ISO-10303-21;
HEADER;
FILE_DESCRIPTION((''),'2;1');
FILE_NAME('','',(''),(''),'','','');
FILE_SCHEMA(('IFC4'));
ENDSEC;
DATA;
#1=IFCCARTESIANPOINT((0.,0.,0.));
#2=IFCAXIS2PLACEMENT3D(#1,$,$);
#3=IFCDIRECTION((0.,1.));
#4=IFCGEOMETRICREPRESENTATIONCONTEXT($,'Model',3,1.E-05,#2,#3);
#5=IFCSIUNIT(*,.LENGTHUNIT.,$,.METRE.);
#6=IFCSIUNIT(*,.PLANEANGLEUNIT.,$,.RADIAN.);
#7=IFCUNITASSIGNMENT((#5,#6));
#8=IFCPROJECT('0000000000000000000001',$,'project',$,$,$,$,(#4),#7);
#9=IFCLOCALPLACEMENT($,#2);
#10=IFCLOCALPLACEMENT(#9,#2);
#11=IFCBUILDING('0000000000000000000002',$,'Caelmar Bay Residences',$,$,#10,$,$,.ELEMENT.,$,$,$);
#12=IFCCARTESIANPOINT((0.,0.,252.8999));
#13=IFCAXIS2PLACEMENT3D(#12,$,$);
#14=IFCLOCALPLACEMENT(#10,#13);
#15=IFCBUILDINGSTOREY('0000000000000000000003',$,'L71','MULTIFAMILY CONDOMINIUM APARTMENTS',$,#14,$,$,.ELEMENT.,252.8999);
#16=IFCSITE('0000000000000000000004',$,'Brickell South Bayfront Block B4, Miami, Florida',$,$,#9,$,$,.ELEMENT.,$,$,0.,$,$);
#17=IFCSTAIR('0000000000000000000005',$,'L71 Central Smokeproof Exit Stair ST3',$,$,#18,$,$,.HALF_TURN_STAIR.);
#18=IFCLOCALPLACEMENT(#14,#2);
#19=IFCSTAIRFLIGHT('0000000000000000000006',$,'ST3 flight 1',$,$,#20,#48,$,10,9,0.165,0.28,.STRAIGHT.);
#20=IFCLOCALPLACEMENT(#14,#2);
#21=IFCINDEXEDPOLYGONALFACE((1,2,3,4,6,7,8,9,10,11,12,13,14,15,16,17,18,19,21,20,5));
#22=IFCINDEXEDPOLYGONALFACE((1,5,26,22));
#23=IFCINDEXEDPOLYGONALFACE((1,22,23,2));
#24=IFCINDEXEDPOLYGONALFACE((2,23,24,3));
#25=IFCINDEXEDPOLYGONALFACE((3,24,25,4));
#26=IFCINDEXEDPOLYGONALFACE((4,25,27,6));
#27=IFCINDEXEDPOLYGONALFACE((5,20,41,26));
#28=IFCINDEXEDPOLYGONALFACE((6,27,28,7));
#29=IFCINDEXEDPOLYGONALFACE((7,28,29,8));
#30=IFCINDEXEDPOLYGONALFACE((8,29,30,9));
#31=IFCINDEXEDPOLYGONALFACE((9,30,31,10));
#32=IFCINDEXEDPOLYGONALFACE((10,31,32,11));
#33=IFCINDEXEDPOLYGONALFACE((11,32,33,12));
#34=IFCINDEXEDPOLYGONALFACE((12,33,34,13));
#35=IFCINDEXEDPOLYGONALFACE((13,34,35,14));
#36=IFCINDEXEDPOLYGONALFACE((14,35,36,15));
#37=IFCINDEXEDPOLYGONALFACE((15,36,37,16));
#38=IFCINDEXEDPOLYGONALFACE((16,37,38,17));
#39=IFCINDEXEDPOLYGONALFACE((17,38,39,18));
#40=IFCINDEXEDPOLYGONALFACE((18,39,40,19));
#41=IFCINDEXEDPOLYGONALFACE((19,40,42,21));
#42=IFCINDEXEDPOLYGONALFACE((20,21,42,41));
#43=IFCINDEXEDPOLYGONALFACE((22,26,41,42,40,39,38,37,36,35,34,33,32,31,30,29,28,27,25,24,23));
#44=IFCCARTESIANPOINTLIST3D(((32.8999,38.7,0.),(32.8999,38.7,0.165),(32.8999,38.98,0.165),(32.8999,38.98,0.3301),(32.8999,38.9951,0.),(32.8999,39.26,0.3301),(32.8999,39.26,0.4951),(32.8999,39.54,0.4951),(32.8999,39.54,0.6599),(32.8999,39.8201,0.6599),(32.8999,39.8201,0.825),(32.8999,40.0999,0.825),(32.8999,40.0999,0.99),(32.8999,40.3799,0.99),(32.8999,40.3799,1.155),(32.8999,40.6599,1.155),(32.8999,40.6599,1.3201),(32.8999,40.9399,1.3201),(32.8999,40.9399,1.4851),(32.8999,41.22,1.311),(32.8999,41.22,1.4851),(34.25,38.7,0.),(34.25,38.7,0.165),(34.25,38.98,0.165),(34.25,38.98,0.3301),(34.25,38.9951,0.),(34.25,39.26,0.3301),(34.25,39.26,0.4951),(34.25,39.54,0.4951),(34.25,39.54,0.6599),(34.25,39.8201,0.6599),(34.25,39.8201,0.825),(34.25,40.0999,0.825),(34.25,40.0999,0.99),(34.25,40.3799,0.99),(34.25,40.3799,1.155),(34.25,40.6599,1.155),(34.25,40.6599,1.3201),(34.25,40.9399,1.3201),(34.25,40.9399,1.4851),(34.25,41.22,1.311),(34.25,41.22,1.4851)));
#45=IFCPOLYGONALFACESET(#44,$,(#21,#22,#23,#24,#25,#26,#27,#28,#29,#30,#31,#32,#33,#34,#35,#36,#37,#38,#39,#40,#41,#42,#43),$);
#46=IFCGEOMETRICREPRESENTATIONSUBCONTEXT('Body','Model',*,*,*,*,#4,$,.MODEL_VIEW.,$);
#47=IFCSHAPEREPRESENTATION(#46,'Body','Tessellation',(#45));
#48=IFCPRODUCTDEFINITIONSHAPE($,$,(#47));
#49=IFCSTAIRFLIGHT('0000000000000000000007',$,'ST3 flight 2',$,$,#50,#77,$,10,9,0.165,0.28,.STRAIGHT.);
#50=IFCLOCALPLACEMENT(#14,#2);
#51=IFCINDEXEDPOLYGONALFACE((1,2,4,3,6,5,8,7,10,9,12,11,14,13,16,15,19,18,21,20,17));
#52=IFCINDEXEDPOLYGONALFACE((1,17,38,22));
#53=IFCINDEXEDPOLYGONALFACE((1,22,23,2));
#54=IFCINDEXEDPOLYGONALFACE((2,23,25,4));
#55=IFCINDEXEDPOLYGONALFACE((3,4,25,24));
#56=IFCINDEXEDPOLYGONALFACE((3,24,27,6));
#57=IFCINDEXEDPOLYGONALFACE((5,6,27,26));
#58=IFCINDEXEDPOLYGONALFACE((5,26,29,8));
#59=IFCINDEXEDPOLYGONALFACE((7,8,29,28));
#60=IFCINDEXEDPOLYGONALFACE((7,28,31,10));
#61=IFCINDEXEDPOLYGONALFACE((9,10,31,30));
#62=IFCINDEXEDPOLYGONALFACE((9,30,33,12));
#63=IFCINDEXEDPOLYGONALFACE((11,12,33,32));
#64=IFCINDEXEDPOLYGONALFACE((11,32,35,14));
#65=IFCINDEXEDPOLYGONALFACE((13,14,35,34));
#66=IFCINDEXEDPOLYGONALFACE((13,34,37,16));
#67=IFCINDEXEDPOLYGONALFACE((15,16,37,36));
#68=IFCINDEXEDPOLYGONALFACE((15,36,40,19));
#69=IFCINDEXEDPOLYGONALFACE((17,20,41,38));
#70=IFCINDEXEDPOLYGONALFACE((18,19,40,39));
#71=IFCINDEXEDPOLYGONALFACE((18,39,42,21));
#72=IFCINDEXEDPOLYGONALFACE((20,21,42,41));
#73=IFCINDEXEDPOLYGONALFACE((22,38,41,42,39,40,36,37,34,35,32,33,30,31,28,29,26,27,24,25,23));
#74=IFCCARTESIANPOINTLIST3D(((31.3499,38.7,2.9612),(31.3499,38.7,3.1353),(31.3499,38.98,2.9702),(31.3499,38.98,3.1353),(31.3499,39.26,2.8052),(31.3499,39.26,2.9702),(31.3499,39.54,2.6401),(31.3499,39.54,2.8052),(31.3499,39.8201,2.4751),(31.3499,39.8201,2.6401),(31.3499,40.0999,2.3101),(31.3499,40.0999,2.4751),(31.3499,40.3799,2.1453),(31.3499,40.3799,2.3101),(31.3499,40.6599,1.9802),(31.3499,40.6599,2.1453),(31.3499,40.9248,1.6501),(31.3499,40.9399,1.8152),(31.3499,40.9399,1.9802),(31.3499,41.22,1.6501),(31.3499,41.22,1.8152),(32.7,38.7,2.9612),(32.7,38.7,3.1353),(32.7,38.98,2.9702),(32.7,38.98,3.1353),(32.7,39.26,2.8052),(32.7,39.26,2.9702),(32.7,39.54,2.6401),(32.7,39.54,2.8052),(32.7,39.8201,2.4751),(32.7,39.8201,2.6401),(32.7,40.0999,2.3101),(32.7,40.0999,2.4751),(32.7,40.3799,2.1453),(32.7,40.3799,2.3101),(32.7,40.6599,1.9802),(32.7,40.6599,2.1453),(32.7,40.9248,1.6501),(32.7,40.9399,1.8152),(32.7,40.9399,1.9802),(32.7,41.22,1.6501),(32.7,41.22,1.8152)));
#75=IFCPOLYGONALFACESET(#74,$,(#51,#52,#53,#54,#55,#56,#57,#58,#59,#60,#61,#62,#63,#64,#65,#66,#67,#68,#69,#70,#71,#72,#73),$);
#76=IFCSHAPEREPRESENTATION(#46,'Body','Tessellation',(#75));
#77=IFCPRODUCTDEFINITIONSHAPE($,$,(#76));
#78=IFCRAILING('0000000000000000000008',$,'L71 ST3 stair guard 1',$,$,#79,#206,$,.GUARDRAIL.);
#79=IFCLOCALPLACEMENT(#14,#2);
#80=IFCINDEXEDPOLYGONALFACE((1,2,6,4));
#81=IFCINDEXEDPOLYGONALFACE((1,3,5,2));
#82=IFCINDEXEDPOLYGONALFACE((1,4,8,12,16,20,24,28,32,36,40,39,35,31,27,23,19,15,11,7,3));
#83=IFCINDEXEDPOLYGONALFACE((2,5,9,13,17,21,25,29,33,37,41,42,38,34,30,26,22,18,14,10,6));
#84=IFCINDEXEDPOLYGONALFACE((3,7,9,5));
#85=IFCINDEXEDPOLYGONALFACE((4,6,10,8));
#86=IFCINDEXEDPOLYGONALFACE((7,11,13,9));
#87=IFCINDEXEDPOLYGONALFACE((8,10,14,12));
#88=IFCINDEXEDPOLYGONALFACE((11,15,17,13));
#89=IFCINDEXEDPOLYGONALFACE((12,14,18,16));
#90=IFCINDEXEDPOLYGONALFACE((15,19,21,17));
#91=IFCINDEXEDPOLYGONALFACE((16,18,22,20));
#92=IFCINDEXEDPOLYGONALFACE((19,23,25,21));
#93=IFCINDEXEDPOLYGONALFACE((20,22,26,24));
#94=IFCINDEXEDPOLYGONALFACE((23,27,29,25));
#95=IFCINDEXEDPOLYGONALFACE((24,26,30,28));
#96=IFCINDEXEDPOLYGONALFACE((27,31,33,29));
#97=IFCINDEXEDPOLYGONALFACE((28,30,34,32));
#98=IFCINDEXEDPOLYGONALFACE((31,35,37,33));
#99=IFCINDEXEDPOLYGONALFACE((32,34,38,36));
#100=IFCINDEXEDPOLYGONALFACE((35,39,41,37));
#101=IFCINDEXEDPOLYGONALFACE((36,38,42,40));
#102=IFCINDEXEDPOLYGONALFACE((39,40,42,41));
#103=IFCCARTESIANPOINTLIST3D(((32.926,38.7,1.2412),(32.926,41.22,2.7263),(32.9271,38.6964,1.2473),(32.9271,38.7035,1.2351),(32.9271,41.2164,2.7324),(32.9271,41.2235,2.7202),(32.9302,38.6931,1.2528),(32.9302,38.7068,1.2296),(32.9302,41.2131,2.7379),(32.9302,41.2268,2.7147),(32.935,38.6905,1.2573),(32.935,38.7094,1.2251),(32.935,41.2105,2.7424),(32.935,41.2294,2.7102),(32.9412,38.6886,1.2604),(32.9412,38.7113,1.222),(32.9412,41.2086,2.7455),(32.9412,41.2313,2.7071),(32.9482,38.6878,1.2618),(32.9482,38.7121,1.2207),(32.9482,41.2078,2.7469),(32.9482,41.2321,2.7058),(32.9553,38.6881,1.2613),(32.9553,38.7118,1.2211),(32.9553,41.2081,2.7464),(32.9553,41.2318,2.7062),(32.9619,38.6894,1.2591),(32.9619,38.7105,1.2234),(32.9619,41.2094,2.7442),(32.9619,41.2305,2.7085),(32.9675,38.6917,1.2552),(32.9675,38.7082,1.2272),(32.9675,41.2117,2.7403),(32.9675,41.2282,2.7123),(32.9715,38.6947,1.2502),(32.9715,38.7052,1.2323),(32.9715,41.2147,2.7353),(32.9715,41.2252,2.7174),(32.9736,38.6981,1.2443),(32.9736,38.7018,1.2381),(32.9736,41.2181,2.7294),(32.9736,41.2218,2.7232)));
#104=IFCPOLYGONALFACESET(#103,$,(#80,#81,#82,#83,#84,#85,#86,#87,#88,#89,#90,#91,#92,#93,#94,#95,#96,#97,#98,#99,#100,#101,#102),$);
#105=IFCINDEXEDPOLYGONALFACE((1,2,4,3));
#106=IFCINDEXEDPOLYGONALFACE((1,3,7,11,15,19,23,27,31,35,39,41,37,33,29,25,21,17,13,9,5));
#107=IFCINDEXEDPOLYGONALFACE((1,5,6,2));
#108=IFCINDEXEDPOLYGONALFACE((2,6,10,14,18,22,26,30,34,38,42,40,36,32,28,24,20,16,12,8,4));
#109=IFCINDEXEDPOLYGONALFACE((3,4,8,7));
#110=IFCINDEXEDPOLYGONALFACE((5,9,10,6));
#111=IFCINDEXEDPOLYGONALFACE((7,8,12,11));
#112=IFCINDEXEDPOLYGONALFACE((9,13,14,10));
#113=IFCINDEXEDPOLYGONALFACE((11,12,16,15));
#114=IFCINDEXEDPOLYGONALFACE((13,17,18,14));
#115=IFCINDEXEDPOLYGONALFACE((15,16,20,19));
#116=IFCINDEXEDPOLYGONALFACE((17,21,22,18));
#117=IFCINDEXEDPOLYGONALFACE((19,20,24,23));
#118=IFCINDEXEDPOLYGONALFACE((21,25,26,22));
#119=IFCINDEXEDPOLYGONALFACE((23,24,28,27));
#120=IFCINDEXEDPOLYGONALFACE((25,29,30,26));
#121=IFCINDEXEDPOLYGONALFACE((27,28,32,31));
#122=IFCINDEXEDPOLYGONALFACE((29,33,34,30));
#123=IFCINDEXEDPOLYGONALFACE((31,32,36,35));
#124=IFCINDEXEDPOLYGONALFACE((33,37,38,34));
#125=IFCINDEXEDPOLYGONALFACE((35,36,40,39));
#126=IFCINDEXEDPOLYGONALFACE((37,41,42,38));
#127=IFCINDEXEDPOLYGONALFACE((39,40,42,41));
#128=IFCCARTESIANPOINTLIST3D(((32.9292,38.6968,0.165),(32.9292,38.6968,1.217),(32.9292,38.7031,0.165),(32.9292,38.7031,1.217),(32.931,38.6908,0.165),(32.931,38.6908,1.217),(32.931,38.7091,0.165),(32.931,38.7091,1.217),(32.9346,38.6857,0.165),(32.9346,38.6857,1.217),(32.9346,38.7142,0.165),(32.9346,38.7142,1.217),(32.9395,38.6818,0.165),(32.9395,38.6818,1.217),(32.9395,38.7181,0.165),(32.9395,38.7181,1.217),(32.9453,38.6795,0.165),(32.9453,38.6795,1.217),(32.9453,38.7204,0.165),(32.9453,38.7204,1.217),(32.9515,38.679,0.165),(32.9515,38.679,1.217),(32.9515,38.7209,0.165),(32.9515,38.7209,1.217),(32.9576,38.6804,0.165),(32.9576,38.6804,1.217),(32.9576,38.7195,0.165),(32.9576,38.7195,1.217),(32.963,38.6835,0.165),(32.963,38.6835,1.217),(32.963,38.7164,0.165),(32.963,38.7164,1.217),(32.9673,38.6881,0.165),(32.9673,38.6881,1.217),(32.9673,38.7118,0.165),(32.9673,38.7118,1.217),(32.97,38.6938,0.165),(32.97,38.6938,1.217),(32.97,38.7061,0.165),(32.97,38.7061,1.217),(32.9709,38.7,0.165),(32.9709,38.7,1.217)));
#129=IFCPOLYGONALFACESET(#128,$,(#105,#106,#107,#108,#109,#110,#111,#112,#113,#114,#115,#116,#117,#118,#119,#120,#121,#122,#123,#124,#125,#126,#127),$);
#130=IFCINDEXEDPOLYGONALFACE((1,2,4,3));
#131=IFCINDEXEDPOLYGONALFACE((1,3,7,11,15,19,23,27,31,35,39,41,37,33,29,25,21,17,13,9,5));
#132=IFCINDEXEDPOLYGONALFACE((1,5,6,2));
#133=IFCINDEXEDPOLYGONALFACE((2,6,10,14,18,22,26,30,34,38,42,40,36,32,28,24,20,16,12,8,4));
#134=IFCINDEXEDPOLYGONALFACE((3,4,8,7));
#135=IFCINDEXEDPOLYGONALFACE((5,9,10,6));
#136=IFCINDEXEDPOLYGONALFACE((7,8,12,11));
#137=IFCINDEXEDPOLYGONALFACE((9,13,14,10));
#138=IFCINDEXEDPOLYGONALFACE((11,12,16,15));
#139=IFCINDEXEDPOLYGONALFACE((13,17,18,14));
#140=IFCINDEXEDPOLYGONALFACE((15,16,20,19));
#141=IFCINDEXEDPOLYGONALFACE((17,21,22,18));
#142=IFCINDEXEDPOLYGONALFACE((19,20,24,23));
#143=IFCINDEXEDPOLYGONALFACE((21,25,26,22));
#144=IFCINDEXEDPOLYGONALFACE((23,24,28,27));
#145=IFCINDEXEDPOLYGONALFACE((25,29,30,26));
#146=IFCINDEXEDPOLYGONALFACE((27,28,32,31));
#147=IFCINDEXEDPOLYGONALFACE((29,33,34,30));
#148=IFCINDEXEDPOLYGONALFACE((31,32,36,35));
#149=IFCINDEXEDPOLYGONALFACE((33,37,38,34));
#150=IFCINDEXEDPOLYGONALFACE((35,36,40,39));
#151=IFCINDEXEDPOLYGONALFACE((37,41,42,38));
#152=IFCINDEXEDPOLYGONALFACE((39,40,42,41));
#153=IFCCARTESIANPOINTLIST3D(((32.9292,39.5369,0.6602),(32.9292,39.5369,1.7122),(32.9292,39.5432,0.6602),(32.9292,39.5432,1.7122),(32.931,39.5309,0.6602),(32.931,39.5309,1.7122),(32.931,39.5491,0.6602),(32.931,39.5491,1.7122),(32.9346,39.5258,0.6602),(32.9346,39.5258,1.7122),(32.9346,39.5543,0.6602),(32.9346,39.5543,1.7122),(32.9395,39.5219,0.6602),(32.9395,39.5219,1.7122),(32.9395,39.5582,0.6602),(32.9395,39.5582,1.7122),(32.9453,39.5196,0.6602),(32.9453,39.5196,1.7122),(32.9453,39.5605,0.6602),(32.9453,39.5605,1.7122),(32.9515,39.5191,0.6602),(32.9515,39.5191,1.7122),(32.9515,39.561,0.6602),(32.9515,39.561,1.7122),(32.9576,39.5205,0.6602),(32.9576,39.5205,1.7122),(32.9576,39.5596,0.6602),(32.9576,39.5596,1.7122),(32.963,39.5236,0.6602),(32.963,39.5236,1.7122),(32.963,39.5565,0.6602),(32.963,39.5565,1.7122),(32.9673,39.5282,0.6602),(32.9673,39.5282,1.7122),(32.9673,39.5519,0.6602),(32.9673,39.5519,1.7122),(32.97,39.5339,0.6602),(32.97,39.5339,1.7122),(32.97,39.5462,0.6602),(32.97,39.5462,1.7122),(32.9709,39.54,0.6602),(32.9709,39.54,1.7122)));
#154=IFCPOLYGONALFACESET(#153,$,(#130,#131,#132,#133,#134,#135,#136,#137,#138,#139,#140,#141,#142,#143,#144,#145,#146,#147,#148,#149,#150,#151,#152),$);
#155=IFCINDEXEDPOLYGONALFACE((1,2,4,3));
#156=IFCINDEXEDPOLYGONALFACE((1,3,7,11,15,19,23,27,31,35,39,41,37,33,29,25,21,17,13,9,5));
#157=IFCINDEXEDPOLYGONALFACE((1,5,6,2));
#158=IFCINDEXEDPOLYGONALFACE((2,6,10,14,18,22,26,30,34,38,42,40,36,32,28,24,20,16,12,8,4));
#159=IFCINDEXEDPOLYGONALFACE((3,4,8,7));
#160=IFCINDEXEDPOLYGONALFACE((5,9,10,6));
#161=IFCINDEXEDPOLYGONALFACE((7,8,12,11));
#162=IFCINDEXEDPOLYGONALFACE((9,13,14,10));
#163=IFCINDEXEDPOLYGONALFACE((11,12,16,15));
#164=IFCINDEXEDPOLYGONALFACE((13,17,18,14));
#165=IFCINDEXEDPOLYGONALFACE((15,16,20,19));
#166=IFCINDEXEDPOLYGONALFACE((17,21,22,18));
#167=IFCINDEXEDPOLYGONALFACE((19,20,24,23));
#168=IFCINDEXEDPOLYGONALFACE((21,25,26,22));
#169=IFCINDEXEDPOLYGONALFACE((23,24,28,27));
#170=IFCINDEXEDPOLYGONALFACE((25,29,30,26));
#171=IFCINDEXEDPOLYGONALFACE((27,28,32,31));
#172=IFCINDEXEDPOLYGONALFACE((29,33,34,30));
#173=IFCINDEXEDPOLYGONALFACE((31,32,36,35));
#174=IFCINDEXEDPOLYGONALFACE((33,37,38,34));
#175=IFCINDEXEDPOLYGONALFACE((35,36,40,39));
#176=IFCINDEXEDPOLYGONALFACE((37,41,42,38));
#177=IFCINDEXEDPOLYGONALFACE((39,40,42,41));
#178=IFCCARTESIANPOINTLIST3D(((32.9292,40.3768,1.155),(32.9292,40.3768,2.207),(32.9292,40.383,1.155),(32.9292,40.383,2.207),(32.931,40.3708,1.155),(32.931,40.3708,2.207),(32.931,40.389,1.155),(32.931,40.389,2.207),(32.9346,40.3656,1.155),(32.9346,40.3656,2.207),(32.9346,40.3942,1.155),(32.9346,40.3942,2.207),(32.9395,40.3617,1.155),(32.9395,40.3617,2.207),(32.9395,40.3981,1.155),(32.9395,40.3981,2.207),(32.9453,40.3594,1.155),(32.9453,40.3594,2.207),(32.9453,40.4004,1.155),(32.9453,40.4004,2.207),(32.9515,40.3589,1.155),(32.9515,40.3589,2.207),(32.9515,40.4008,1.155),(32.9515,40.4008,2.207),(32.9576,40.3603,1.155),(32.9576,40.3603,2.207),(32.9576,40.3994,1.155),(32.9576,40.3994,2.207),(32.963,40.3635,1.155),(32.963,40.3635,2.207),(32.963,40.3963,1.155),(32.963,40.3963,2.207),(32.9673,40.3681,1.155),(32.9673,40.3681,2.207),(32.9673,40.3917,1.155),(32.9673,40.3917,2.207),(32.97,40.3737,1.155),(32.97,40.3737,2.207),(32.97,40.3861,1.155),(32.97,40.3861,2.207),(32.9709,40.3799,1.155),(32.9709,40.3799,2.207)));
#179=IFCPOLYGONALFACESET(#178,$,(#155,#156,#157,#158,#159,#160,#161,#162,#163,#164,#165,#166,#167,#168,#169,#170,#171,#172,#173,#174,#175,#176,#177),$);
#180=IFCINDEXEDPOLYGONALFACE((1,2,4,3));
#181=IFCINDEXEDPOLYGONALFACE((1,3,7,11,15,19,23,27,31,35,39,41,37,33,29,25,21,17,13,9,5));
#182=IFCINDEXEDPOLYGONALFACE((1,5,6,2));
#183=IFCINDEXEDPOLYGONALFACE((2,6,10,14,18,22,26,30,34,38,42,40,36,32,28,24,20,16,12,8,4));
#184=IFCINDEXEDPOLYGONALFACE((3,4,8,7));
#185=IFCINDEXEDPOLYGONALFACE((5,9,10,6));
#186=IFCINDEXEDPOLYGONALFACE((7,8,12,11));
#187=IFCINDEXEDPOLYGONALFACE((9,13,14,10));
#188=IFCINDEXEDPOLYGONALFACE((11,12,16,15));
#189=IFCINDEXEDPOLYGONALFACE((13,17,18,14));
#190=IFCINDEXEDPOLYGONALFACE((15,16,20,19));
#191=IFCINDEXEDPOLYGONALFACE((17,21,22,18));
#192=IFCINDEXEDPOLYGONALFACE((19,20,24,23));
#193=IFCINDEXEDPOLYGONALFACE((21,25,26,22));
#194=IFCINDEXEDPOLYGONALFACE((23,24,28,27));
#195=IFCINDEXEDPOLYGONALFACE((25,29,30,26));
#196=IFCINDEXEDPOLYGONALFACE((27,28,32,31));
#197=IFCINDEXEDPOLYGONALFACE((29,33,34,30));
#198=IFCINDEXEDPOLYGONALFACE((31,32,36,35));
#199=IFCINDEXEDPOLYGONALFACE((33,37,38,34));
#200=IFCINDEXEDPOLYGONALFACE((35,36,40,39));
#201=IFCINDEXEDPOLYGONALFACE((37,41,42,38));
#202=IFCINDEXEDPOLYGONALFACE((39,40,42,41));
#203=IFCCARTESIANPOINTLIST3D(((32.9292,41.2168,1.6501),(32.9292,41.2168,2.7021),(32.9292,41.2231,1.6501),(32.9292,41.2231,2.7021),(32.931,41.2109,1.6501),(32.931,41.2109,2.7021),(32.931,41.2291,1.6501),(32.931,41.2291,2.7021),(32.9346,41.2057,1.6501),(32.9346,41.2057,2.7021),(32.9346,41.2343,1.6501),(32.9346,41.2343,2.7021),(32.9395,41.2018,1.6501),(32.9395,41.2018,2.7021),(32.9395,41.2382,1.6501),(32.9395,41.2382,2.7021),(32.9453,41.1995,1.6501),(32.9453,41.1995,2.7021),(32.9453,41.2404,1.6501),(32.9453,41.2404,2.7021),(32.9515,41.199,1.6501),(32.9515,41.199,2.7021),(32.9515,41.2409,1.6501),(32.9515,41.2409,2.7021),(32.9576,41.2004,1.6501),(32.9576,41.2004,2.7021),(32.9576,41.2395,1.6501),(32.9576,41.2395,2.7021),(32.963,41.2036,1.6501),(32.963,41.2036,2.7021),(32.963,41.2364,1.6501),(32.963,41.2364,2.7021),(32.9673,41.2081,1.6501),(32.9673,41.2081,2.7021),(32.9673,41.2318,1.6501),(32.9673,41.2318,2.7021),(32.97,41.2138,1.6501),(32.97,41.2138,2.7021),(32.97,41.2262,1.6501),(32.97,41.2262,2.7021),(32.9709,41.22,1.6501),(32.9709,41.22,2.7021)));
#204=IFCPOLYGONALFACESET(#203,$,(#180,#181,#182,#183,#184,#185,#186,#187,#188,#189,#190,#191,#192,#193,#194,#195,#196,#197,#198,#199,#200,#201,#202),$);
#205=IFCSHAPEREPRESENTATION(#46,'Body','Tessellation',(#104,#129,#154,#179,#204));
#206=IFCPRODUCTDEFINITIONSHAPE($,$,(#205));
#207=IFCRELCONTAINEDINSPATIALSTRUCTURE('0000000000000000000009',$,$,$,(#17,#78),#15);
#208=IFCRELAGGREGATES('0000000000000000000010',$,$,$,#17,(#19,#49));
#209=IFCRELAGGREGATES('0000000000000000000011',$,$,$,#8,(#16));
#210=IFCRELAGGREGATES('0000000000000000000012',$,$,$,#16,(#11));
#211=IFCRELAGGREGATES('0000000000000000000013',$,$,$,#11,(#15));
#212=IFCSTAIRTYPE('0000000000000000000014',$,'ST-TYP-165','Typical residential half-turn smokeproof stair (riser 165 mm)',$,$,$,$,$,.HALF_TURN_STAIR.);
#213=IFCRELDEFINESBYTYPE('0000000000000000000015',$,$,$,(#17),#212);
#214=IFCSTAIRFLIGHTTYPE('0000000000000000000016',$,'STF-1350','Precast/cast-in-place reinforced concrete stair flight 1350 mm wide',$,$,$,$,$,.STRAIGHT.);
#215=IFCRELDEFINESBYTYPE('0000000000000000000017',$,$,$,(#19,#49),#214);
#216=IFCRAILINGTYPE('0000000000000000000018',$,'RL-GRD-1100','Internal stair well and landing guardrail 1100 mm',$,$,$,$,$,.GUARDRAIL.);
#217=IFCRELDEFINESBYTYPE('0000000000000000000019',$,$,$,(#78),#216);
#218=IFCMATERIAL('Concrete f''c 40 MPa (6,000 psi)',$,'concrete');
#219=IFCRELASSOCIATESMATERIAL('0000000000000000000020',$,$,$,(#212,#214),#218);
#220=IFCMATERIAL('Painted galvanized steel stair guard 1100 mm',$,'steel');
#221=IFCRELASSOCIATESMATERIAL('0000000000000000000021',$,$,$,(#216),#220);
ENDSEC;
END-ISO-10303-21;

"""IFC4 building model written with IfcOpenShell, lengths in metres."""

from ifc_helpers import new_model, si_unit, direction, frame, origin, origin_2d, place, context, subcontext, project, spatial, polyline, circle, outline, extrude, material, type_object, element, aggregate, save


model = new_model("IFC4")

# Units and contexts
model_context = context("Model", 3, precision=1e-05, world=origin(), true_north=direction((0.0, 1.0)))
body_context = subcontext(model_context, "Body", "Model", "MODEL_VIEW")
ifc_project = project(units=[si_unit("LENGTHUNIT", "METRE"), si_unit("PLANEANGLEUNIT", "RADIAN")], contexts=[model_context])

# Site, building, storey
site_placement = place(None, origin())
site = spatial("IfcSite", under=ifc_project, at=site_placement, Name="Brickell South Bayfront Block B4, Miami, Florida", CompositionType="ELEMENT", RefElevation=0.0)
building_placement = place(site_placement, origin())
building = spatial("IfcBuilding", under=site, at=building_placement, Name="Caelmar Bay Residences", CompositionType="ELEMENT")
storey_placement = place(building_placement, frame((0.0, 0.0, 252.8999)))
storey = spatial("IfcBuildingStorey", under=building, at=storey_placement, Name="L71", Description="MULTIFAMILY CONDOMINIUM APARTMENTS", CompositionType="ELEMENT", Elevation=252.8999)

# Stair, stair flights
ifc_material_1 = material(Name="Concrete f'c 40 MPa (6,000 psi)", Category="concrete")
stair_type = type_object("IfcStairType", Name="ST-TYP-165", Description="Typical residential half-turn smokeproof stair (riser 165 mm)", PredefinedType="HALF_TURN_STAIR", material=ifc_material_1)
stair_placement = place(storey_placement, origin())
stair = element("IfcStair", 1, at=stair_placement, inside=storey, type_object=stair_type, Name="L71 Central Smokeproof Exit Stair ST3", PredefinedType="HALF_TURN_STAIR")
stair_flight_type = type_object("IfcStairFlightType", Name="STF-1350", Description="Precast/cast-in-place reinforced concrete stair flight 1350 mm wide", PredefinedType="STRAIGHT", material=ifc_material_1)
stair_flight_1_placement = place(storey_placement, frame((33.575, 38.7, 0.0), z_axis=(0.0, 0.0, 1.0), x_axis=(0.0, 1.0, 0.0)))
stair_flight_1 = element("IfcStairFlight", 2, at=stair_flight_1_placement, type_object=stair_flight_type, Name="ST3 flight 1", NumberOfRisers=10, NumberOfTreads=9, PredefinedType="STRAIGHT", RiserHeight=0.165, TreadLength=0.28, context=body_context, shape_type="SweptSolid", body=[
    extrude(outline(polyline([(0.0, 0.0), (0.0, 0.165), (0.28, 0.165), (0.28, 0.3301), (0.5601, 0.3301), (0.5601, 0.4951), (0.8401, 0.4951), (0.8401, 0.6599), (1.1201, 0.6599), (1.1201, 0.825), (1.3999, 0.825), (1.3999, 0.99), (1.6799, 0.99), (1.6799, 1.155), (1.96, 1.155), (1.96, 1.3201), (2.24, 1.3201), (2.24, 1.4851), (2.52, 1.4851), (2.52, 1.6499), (2.52, 1.311), (0.2952, 0.0), (0.0, 0.0)])), frame((0.0, 0.675, 0.0), z_axis=(0.0, -1.0, 0.0), x_axis=(1.0, 0.0, 0.0)), (0.0, 0.0, 1.0), 1.3501),
])
stair_flight_2_placement = place(storey_placement, frame((32.0249, 41.22, 1.6501), z_axis=(0.0, 0.0, 1.0), x_axis=(0.0, -1.0, 0.0)))
stair_flight_2 = element("IfcStairFlight", 3, at=stair_flight_2_placement, type_object=stair_flight_type, Name="ST3 flight 2", NumberOfRisers=10, NumberOfTreads=9, PredefinedType="STRAIGHT", RiserHeight=0.165, TreadLength=0.28, context=body_context, shape_type="SweptSolid", body=[
    extrude(outline(polyline([(0.0, 0.0), (0.0, 0.165), (0.28, 0.165), (0.28, 0.3301), (0.5601, 0.3301), (0.5601, 0.4951), (0.8401, 0.4951), (0.8401, 0.6599), (1.1201, 0.6599), (1.1201, 0.825), (1.3999, 0.825), (1.3999, 0.99), (1.6799, 0.99), (1.6799, 1.155), (1.96, 1.155), (1.96, 1.3201), (2.24, 1.3201), (2.24, 1.4851), (2.52, 1.4851), (2.52, 1.6499), (2.52, 1.311), (0.2952, 0.0), (0.0, 0.0)])), frame((0.0, 0.675, 0.0), z_axis=(0.0, -1.0, 0.0), x_axis=(1.0, 0.0, 0.0)), (0.0, 0.0, 1.0), 1.3501),
])
aggregate(stair, [stair_flight_1, stair_flight_2])

# Railing
ifc_material_2 = material(Name="Painted galvanized steel stair guard 1100 mm", Category="steel")
railing_type_1 = type_object("IfcRailingType", Name="RL-GRD-1100", Description="Internal stair well and landing guardrail 1100 mm", PredefinedType="GUARDRAIL", material=ifc_material_2)
railing_1_placement = place(storey_placement, frame((32.95, 38.7, 0.165)))
element("IfcRailing", 4, at=railing_1_placement, inside=storey, type_object=railing_type_1, Name="L71 ST3 stair guard 1", PredefinedType="GUARDRAIL", context=body_context, shape_type="SweptSolid", body=[
    extrude(circle(Radius=0.0239, at=origin_2d()), frame((0.0, 0.0, 1.0762), z_axis=(0.0, 0.861524, 0.507717), x_axis=(-1.0, 0.0, 0.0)), (0.0, 0.0, 1.0), 2.925),
    extrude(circle(Radius=0.021, at=origin_2d()), origin(), (0.0, 0.0, 1.0), 1.052),
    extrude(circle(Radius=0.021, at=origin_2d()), frame((0.0, 0.8401, 0.4951)), (0.0, 0.0, 1.0), 1.052),
    extrude(circle(Radius=0.021, at=origin_2d()), frame((0.0, 1.6799, 0.99)), (0.0, 0.0, 1.0), 1.052),
    extrude(circle(Radius=0.021, at=origin_2d()), frame((0.0, 2.52, 1.4851)), (0.0, 0.0, 1.0), 1.052),
])

save(model, "model.ifc")
